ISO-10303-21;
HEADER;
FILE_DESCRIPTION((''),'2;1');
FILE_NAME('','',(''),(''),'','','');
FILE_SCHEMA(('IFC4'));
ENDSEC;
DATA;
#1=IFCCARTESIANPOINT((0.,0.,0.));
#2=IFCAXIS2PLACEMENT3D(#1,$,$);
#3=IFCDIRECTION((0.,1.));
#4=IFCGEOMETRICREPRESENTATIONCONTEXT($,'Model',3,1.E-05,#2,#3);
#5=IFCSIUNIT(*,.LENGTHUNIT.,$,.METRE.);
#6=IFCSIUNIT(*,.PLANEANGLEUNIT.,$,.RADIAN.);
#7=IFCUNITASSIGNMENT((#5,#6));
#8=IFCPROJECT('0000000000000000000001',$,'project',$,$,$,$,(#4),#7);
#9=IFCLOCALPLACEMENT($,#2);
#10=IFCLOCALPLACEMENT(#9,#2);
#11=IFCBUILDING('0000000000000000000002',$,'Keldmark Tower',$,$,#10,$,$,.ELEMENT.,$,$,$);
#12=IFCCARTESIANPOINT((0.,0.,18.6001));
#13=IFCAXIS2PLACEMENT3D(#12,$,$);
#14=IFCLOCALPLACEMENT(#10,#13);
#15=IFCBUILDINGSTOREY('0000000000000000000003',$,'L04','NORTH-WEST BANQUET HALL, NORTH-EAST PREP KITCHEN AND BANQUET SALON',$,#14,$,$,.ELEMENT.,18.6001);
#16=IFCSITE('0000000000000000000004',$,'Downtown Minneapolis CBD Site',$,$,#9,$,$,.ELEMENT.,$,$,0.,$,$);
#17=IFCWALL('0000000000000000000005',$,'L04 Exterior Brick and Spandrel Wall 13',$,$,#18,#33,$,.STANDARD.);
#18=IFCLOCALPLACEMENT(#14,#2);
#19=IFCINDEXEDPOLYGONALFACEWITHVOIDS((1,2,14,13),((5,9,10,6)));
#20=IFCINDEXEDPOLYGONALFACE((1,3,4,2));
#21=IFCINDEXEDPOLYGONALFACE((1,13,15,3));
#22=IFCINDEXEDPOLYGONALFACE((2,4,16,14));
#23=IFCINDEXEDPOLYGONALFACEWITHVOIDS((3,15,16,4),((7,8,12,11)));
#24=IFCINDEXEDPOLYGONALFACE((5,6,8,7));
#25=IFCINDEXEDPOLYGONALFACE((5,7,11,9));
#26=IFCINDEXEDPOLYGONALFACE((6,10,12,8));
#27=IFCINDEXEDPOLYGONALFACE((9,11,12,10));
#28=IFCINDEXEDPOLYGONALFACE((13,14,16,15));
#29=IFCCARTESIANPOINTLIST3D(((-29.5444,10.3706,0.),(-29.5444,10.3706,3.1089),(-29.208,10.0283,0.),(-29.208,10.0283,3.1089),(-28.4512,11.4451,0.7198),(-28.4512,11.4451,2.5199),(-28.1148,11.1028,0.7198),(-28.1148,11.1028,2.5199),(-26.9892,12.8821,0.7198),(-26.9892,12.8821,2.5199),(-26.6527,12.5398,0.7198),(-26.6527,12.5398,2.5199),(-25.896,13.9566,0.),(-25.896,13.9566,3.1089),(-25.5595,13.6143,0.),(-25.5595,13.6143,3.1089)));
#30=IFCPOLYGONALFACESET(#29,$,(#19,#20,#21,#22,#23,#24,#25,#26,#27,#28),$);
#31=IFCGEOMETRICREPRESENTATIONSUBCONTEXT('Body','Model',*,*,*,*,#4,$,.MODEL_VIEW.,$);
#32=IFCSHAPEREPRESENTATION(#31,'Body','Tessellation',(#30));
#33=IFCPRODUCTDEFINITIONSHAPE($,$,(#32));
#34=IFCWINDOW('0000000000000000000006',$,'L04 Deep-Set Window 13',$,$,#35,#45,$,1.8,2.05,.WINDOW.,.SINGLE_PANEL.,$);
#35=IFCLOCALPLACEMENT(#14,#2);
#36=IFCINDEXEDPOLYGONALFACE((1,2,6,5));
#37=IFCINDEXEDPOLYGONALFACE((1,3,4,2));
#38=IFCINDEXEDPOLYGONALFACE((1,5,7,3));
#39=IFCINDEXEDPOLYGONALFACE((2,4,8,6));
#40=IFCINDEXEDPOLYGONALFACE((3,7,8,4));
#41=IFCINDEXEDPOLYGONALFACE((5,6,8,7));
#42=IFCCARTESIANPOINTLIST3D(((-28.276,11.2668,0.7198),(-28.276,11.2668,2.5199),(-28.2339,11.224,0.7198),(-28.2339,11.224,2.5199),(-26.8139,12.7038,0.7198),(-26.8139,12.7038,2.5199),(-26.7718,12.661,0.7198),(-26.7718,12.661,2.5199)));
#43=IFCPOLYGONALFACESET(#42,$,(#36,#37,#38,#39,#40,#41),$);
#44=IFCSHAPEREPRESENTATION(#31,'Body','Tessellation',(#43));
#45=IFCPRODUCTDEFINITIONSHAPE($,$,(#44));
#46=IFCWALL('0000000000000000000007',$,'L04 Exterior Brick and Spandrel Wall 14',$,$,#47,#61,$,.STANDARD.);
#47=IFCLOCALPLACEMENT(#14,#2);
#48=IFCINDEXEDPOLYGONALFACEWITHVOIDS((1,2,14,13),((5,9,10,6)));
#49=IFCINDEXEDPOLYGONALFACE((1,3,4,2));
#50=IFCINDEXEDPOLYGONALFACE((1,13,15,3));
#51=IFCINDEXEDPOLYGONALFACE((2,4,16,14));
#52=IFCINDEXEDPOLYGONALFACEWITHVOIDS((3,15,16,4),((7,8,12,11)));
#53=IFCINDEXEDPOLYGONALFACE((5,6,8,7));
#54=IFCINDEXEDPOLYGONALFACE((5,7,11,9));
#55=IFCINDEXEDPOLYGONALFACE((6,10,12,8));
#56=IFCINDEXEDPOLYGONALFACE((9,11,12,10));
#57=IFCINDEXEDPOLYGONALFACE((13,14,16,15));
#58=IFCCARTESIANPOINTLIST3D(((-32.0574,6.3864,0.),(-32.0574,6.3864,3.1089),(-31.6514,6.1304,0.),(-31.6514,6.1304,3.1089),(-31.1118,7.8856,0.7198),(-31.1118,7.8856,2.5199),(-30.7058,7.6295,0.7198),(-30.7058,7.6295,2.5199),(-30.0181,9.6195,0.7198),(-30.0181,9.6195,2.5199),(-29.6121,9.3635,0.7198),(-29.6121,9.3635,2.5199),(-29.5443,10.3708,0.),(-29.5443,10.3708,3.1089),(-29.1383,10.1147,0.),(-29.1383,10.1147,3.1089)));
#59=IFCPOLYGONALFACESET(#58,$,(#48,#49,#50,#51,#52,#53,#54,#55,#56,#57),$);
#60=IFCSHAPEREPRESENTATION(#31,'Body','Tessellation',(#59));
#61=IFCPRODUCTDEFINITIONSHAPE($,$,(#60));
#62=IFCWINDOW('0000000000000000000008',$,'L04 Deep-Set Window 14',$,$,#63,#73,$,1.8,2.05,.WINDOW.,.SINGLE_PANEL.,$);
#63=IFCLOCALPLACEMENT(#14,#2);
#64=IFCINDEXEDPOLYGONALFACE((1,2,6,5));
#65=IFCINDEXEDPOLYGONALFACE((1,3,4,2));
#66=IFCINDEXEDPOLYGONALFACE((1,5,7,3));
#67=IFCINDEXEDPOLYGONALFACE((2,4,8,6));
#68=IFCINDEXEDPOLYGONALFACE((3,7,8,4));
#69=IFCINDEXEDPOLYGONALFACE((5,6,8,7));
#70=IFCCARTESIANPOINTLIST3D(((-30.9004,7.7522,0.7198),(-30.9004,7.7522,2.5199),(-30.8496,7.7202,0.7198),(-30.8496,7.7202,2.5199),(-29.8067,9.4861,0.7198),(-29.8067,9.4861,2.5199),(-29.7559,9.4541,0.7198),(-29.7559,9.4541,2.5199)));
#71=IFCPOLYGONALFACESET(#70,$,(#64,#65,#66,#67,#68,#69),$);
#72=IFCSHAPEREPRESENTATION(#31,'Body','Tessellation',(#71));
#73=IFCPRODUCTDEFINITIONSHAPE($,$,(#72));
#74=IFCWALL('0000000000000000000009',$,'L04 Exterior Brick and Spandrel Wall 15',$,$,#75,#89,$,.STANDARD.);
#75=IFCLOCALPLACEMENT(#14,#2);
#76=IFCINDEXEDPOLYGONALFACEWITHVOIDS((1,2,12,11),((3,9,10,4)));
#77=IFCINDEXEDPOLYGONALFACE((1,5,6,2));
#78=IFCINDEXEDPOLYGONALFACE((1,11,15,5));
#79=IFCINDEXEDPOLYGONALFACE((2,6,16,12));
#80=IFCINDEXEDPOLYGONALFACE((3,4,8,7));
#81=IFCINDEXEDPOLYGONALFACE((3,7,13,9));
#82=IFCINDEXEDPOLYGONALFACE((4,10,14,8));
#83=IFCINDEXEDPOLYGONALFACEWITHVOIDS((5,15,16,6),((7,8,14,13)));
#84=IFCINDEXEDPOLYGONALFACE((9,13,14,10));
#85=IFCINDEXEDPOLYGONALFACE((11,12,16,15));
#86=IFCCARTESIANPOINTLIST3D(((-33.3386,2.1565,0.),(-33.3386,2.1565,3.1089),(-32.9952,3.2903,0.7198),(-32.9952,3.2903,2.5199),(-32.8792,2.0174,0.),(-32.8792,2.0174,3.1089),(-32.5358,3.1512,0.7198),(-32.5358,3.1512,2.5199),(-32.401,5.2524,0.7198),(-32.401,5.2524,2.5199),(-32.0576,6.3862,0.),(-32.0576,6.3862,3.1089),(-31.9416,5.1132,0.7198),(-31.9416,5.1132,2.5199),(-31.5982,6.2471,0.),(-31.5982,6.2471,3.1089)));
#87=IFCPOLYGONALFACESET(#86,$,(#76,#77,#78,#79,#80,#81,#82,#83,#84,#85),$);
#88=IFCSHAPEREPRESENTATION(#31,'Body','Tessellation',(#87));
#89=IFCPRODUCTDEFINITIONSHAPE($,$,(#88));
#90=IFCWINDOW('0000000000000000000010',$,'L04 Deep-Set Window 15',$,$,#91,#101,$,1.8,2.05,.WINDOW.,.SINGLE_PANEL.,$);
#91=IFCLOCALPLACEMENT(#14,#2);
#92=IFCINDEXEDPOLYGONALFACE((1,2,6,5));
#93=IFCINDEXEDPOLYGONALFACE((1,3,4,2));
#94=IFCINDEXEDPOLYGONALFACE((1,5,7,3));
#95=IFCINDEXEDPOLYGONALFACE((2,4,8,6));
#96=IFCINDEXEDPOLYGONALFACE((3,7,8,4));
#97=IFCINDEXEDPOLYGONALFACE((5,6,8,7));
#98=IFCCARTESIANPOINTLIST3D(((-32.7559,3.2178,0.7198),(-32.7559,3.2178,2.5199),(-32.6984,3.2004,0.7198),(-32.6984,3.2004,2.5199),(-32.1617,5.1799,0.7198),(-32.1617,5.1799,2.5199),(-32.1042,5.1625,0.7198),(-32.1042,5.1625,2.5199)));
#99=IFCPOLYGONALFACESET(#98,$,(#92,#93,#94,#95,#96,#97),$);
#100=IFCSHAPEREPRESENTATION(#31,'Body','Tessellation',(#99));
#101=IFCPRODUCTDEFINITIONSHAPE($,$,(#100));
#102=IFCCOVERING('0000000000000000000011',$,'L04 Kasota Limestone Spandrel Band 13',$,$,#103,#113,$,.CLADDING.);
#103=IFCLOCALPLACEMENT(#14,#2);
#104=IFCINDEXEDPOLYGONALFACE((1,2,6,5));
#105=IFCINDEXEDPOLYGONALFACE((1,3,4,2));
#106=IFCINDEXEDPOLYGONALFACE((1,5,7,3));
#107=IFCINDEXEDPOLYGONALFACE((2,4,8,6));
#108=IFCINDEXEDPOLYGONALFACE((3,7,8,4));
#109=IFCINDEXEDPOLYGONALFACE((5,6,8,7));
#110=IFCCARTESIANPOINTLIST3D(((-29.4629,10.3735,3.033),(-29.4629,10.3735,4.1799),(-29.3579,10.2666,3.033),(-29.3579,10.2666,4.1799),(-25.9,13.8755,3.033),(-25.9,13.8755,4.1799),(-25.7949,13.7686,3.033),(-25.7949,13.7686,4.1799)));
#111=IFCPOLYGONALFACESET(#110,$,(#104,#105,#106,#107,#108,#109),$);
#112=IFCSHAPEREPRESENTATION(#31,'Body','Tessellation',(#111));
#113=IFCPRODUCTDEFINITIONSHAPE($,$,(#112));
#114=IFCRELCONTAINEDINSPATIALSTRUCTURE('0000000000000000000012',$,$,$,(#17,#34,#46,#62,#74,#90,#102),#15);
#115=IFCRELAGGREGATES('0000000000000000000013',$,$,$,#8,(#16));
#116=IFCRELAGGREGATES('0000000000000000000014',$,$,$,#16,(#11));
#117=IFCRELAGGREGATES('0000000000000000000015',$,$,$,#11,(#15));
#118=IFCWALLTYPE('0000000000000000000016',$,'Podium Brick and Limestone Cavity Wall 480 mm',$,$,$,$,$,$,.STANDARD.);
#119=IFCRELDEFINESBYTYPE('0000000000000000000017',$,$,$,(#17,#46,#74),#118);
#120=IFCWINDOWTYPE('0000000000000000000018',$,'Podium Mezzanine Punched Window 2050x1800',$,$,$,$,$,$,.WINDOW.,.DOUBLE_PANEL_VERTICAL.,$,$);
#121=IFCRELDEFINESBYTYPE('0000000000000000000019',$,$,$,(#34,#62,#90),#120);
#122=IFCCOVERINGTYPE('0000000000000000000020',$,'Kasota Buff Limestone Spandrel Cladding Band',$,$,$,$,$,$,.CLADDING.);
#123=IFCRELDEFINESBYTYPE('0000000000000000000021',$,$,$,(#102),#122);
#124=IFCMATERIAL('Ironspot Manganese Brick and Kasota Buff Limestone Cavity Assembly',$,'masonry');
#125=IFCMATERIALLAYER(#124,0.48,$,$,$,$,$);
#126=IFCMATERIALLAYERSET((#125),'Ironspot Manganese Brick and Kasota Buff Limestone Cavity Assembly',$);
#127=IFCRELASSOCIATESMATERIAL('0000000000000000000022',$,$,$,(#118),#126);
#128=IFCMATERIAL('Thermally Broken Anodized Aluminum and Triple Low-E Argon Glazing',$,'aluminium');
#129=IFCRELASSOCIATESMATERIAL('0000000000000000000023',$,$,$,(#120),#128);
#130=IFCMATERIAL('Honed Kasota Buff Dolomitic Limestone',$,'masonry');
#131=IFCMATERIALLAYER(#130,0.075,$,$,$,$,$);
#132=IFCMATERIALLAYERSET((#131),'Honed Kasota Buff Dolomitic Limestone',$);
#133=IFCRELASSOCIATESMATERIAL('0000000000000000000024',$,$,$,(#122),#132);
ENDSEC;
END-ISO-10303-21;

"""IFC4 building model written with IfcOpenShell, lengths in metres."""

from ifc_helpers import new_model, si_unit, direction, frame, frame_2d, origin, origin_2d, place, context, subcontext, project, spatial, rectangle, extrude, material, layer, layer_set, type_object, element, fill, save


model = new_model("IFC4")

# Units and contexts
model_context = context("Model", 3, precision=1e-05, world=origin(), true_north=direction((0.0, 1.0)))
body_context = subcontext(model_context, "Body", "Model", "MODEL_VIEW")
ifc_project = project(units=[si_unit("LENGTHUNIT", "METRE"), si_unit("PLANEANGLEUNIT", "RADIAN")], contexts=[model_context])

# Site, building, storey
site_placement = place(None, origin())
site = spatial("IfcSite", under=ifc_project, at=site_placement, Name="Downtown Minneapolis CBD Site", CompositionType="ELEMENT", RefElevation=0.0)
building_placement = place(site_placement, origin())
building = spatial("IfcBuilding", under=site, at=building_placement, Name="Keldmark Tower", CompositionType="ELEMENT")
storey_placement = place(building_placement, frame((0.0, 0.0, 18.6001)))
storey = spatial("IfcBuildingStorey", under=building, at=storey_placement, Name="L04", Description="NORTH-WEST BANQUET HALL, NORTH-EAST PREP KITCHEN AND BANQUET SALON", CompositionType="ELEMENT", Elevation=18.6001)

# Walls, openings, windows
ifc_material_1 = material(Name="Ironspot Manganese Brick and Kasota Buff Limestone Cavity Assembly", Category="masonry")
ifc_layer_1 = layer(ifc_material_1, 0.48)
ifc_layer_set_1 = layer_set([ifc_layer_1], Name="Ironspot Manganese Brick and Kasota Buff Limestone Cavity Assembly")
wall_type_1 = type_object("IfcWallType", Name="Podium Brick and Limestone Cavity Wall 480 mm", PredefinedType="STANDARD", material=ifc_layer_set_1)
ifc_material_2 = material(Name="Thermally Broken Anodized Aluminum and Triple Low-E Argon Glazing", Category="aluminium")
window_type = type_object("IfcWindowType", Name="Podium Mezzanine Punched Window 2050x1800", PartitioningType="DOUBLE_PANEL_VERTICAL", PredefinedType="WINDOW", material=ifc_material_2)
wall_1_placement = place(storey_placement, frame((-29.3762, 10.1995, 0.0), z_axis=(0.0, 0.0, 1.0), x_axis=(0.713189, 0.700972, 0.0)))
wall_1 = element("IfcWall", 1, at=wall_1_placement, inside=storey, type_object=wall_type_1, Name="L04 Exterior Brick and Spandrel Wall 13", PredefinedType="STANDARD", context=body_context, shape_type="SweptSolid", body=[
    extrude(rectangle(XDim=5.1157, YDim=0.48, at=frame_2d((2.5579, 0.0))), origin(), (0.0, 0.0, 1.0), 3.1089),
])
opening_1_placement = place(wall_1_placement, frame((1.533, 0.0, 0.72)))
opening_1 = element("IfcOpeningElement", 2, at=opening_1_placement, cuts=wall_1, PredefinedType="OPENING", context=body_context, shape_type="SweptSolid", body=[
    extrude(rectangle(XDim=2.05, YDim=1.8, at=frame_2d((1.0249, 0.8999))), frame((0.0, 0.25, 0.0), z_axis=(0.0, -1.0, 0.0), x_axis=(1.0, 0.0, 0.0)), (0.0, 0.0, 1.0), 0.5),
])
window_1_placement = place(opening_1_placement, origin())
window_1 = element("IfcWindow", 3, at=window_1_placement, inside=storey, type_object=window_type, Name="L04 Deep-Set Window 13", OverallHeight=1.8, OverallWidth=2.05, PartitioningType="SINGLE_PANEL", PredefinedType="WINDOW", context=body_context, shape_type="SweptSolid", body=[
    extrude(rectangle(XDim=2.05, YDim=1.8, at=frame_2d((1.0249, 0.8999))), frame((0.0, -0.01, 0.0), z_axis=(0.0, -1.0, 0.0), x_axis=(1.0, 0.0, 0.0)), (0.0, 0.0, 1.0), 0.0601),
])
fill(opening_1, window_1)
wall_2_placement = place(storey_placement, frame((-31.8545, 6.2583, 0.0), z_axis=(0.0, 0.0, 1.0), x_axis=(0.533498, 0.845802, 0.0)))
wall_2 = element("IfcWall", 4, at=wall_2_placement, inside=storey, type_object=wall_type_1, Name="L04 Exterior Brick and Spandrel Wall 14", PredefinedType="STANDARD", context=body_context, shape_type="SweptSolid", body=[
    extrude(rectangle(XDim=4.7107, YDim=0.48, at=frame_2d((2.3555, 0.0))), origin(), (0.0, 0.0, 1.0), 3.1089),
])
opening_2_placement = place(wall_2_placement, frame((1.7727, 0.0, 0.72)))
opening_2 = element("IfcOpeningElement", 5, at=opening_2_placement, cuts=wall_2, PredefinedType="OPENING", context=body_context, shape_type="SweptSolid", body=[
    extrude(rectangle(XDim=2.05, YDim=1.8, at=frame_2d((1.0249, 0.8999))), frame((0.0, 0.25, 0.0), z_axis=(0.0, -1.0, 0.0), x_axis=(1.0, 0.0, 0.0)), (0.0, 0.0, 1.0), 0.5),
])
window_2_placement = place(opening_2_placement, origin())
window_2 = element("IfcWindow", 6, at=window_2_placement, inside=storey, type_object=window_type, Name="L04 Deep-Set Window 14", OverallHeight=1.8, OverallWidth=2.05, PartitioningType="SINGLE_PANEL", PredefinedType="WINDOW", context=body_context, shape_type="SweptSolid", body=[
    extrude(rectangle(XDim=2.05, YDim=1.8, at=frame_2d((1.0249, 0.8999))), frame((0.0, -0.01, 0.0), z_axis=(0.0, -1.0, 0.0), x_axis=(1.0, 0.0, 0.0)), (0.0, 0.0, 1.0), 0.0601),
])
fill(opening_2, window_2)
wall_3_placement = place(storey_placement, frame((-33.1089, 2.0869, 0.0), z_axis=(0.0, 0.0, 1.0), x_axis=(0.289856, 0.95707, 0.0)))
wall_3 = element("IfcWall", 7, at=wall_3_placement, inside=storey, type_object=wall_type_1, Name="L04 Exterior Brick and Spandrel Wall 15", PredefinedType="STANDARD", context=body_context, shape_type="SweptSolid", body=[
    extrude(rectangle(XDim=4.4194, YDim=0.48, at=frame_2d((2.2097, 0.0))), origin(), (0.0, 0.0, 1.0), 3.1089),
])
opening_3_placement = place(wall_3_placement, frame((1.1848, 0.0, 0.72)))
opening_3 = element("IfcOpeningElement", 8, at=opening_3_placement, cuts=wall_3, PredefinedType="OPENING", context=body_context, shape_type="SweptSolid", body=[
    extrude(rectangle(XDim=2.05, YDim=1.8, at=frame_2d((1.0249, 0.8999))), frame((0.0, 0.25, 0.0), z_axis=(0.0, -1.0, 0.0), x_axis=(1.0, 0.0, 0.0)), (0.0, 0.0, 1.0), 0.5),
])
window_3_placement = place(opening_3_placement, origin())
window_3 = element("IfcWindow", 9, at=window_3_placement, inside=storey, type_object=window_type, Name="L04 Deep-Set Window 15", OverallHeight=1.8, OverallWidth=2.05, PartitioningType="SINGLE_PANEL", PredefinedType="WINDOW", context=body_context, shape_type="SweptSolid", body=[
    extrude(rectangle(XDim=2.05, YDim=1.8, at=frame_2d((1.0249, 0.8999))), frame((0.0, -0.01, 0.0), z_axis=(0.0, -1.0, 0.0), x_axis=(1.0, 0.0, 0.0)), (0.0, 0.0, 1.0), 0.0601),
])
fill(opening_3, window_3)

# Covering
ifc_material_3 = material(Name="Honed Kasota Buff Dolomitic Limestone", Category="masonry")
ifc_layer_2 = layer(ifc_material_3, 0.075)
ifc_layer_set_2 = layer_set([ifc_layer_2], Name="Honed Kasota Buff Dolomitic Limestone")
covering_type = type_object("IfcCoveringType", Name="Kasota Buff Limestone Spandrel Cladding Band", PredefinedType="CLADDING", material=ifc_layer_set_2)
covering_placement = place(storey_placement, frame((-27.6289, 12.071, 3.033), z_axis=(0.0, 0.0, 1.0), x_axis=(-0.713189, -0.700972, 0.0)))
element("IfcCovering", 10, at=covering_placement, inside=storey, type_object=covering_type, Name="L04 Kasota Limestone Spandrel Band 13", PredefinedType="CLADDING", context=body_context, shape_type="SweptSolid", body=[
    extrude(rectangle(XDim=4.9958, YDim=0.1499, at=origin_2d()), origin(), (0.0, 0.0, 1.0), 1.147),
])

save(model, "model.ifc")
